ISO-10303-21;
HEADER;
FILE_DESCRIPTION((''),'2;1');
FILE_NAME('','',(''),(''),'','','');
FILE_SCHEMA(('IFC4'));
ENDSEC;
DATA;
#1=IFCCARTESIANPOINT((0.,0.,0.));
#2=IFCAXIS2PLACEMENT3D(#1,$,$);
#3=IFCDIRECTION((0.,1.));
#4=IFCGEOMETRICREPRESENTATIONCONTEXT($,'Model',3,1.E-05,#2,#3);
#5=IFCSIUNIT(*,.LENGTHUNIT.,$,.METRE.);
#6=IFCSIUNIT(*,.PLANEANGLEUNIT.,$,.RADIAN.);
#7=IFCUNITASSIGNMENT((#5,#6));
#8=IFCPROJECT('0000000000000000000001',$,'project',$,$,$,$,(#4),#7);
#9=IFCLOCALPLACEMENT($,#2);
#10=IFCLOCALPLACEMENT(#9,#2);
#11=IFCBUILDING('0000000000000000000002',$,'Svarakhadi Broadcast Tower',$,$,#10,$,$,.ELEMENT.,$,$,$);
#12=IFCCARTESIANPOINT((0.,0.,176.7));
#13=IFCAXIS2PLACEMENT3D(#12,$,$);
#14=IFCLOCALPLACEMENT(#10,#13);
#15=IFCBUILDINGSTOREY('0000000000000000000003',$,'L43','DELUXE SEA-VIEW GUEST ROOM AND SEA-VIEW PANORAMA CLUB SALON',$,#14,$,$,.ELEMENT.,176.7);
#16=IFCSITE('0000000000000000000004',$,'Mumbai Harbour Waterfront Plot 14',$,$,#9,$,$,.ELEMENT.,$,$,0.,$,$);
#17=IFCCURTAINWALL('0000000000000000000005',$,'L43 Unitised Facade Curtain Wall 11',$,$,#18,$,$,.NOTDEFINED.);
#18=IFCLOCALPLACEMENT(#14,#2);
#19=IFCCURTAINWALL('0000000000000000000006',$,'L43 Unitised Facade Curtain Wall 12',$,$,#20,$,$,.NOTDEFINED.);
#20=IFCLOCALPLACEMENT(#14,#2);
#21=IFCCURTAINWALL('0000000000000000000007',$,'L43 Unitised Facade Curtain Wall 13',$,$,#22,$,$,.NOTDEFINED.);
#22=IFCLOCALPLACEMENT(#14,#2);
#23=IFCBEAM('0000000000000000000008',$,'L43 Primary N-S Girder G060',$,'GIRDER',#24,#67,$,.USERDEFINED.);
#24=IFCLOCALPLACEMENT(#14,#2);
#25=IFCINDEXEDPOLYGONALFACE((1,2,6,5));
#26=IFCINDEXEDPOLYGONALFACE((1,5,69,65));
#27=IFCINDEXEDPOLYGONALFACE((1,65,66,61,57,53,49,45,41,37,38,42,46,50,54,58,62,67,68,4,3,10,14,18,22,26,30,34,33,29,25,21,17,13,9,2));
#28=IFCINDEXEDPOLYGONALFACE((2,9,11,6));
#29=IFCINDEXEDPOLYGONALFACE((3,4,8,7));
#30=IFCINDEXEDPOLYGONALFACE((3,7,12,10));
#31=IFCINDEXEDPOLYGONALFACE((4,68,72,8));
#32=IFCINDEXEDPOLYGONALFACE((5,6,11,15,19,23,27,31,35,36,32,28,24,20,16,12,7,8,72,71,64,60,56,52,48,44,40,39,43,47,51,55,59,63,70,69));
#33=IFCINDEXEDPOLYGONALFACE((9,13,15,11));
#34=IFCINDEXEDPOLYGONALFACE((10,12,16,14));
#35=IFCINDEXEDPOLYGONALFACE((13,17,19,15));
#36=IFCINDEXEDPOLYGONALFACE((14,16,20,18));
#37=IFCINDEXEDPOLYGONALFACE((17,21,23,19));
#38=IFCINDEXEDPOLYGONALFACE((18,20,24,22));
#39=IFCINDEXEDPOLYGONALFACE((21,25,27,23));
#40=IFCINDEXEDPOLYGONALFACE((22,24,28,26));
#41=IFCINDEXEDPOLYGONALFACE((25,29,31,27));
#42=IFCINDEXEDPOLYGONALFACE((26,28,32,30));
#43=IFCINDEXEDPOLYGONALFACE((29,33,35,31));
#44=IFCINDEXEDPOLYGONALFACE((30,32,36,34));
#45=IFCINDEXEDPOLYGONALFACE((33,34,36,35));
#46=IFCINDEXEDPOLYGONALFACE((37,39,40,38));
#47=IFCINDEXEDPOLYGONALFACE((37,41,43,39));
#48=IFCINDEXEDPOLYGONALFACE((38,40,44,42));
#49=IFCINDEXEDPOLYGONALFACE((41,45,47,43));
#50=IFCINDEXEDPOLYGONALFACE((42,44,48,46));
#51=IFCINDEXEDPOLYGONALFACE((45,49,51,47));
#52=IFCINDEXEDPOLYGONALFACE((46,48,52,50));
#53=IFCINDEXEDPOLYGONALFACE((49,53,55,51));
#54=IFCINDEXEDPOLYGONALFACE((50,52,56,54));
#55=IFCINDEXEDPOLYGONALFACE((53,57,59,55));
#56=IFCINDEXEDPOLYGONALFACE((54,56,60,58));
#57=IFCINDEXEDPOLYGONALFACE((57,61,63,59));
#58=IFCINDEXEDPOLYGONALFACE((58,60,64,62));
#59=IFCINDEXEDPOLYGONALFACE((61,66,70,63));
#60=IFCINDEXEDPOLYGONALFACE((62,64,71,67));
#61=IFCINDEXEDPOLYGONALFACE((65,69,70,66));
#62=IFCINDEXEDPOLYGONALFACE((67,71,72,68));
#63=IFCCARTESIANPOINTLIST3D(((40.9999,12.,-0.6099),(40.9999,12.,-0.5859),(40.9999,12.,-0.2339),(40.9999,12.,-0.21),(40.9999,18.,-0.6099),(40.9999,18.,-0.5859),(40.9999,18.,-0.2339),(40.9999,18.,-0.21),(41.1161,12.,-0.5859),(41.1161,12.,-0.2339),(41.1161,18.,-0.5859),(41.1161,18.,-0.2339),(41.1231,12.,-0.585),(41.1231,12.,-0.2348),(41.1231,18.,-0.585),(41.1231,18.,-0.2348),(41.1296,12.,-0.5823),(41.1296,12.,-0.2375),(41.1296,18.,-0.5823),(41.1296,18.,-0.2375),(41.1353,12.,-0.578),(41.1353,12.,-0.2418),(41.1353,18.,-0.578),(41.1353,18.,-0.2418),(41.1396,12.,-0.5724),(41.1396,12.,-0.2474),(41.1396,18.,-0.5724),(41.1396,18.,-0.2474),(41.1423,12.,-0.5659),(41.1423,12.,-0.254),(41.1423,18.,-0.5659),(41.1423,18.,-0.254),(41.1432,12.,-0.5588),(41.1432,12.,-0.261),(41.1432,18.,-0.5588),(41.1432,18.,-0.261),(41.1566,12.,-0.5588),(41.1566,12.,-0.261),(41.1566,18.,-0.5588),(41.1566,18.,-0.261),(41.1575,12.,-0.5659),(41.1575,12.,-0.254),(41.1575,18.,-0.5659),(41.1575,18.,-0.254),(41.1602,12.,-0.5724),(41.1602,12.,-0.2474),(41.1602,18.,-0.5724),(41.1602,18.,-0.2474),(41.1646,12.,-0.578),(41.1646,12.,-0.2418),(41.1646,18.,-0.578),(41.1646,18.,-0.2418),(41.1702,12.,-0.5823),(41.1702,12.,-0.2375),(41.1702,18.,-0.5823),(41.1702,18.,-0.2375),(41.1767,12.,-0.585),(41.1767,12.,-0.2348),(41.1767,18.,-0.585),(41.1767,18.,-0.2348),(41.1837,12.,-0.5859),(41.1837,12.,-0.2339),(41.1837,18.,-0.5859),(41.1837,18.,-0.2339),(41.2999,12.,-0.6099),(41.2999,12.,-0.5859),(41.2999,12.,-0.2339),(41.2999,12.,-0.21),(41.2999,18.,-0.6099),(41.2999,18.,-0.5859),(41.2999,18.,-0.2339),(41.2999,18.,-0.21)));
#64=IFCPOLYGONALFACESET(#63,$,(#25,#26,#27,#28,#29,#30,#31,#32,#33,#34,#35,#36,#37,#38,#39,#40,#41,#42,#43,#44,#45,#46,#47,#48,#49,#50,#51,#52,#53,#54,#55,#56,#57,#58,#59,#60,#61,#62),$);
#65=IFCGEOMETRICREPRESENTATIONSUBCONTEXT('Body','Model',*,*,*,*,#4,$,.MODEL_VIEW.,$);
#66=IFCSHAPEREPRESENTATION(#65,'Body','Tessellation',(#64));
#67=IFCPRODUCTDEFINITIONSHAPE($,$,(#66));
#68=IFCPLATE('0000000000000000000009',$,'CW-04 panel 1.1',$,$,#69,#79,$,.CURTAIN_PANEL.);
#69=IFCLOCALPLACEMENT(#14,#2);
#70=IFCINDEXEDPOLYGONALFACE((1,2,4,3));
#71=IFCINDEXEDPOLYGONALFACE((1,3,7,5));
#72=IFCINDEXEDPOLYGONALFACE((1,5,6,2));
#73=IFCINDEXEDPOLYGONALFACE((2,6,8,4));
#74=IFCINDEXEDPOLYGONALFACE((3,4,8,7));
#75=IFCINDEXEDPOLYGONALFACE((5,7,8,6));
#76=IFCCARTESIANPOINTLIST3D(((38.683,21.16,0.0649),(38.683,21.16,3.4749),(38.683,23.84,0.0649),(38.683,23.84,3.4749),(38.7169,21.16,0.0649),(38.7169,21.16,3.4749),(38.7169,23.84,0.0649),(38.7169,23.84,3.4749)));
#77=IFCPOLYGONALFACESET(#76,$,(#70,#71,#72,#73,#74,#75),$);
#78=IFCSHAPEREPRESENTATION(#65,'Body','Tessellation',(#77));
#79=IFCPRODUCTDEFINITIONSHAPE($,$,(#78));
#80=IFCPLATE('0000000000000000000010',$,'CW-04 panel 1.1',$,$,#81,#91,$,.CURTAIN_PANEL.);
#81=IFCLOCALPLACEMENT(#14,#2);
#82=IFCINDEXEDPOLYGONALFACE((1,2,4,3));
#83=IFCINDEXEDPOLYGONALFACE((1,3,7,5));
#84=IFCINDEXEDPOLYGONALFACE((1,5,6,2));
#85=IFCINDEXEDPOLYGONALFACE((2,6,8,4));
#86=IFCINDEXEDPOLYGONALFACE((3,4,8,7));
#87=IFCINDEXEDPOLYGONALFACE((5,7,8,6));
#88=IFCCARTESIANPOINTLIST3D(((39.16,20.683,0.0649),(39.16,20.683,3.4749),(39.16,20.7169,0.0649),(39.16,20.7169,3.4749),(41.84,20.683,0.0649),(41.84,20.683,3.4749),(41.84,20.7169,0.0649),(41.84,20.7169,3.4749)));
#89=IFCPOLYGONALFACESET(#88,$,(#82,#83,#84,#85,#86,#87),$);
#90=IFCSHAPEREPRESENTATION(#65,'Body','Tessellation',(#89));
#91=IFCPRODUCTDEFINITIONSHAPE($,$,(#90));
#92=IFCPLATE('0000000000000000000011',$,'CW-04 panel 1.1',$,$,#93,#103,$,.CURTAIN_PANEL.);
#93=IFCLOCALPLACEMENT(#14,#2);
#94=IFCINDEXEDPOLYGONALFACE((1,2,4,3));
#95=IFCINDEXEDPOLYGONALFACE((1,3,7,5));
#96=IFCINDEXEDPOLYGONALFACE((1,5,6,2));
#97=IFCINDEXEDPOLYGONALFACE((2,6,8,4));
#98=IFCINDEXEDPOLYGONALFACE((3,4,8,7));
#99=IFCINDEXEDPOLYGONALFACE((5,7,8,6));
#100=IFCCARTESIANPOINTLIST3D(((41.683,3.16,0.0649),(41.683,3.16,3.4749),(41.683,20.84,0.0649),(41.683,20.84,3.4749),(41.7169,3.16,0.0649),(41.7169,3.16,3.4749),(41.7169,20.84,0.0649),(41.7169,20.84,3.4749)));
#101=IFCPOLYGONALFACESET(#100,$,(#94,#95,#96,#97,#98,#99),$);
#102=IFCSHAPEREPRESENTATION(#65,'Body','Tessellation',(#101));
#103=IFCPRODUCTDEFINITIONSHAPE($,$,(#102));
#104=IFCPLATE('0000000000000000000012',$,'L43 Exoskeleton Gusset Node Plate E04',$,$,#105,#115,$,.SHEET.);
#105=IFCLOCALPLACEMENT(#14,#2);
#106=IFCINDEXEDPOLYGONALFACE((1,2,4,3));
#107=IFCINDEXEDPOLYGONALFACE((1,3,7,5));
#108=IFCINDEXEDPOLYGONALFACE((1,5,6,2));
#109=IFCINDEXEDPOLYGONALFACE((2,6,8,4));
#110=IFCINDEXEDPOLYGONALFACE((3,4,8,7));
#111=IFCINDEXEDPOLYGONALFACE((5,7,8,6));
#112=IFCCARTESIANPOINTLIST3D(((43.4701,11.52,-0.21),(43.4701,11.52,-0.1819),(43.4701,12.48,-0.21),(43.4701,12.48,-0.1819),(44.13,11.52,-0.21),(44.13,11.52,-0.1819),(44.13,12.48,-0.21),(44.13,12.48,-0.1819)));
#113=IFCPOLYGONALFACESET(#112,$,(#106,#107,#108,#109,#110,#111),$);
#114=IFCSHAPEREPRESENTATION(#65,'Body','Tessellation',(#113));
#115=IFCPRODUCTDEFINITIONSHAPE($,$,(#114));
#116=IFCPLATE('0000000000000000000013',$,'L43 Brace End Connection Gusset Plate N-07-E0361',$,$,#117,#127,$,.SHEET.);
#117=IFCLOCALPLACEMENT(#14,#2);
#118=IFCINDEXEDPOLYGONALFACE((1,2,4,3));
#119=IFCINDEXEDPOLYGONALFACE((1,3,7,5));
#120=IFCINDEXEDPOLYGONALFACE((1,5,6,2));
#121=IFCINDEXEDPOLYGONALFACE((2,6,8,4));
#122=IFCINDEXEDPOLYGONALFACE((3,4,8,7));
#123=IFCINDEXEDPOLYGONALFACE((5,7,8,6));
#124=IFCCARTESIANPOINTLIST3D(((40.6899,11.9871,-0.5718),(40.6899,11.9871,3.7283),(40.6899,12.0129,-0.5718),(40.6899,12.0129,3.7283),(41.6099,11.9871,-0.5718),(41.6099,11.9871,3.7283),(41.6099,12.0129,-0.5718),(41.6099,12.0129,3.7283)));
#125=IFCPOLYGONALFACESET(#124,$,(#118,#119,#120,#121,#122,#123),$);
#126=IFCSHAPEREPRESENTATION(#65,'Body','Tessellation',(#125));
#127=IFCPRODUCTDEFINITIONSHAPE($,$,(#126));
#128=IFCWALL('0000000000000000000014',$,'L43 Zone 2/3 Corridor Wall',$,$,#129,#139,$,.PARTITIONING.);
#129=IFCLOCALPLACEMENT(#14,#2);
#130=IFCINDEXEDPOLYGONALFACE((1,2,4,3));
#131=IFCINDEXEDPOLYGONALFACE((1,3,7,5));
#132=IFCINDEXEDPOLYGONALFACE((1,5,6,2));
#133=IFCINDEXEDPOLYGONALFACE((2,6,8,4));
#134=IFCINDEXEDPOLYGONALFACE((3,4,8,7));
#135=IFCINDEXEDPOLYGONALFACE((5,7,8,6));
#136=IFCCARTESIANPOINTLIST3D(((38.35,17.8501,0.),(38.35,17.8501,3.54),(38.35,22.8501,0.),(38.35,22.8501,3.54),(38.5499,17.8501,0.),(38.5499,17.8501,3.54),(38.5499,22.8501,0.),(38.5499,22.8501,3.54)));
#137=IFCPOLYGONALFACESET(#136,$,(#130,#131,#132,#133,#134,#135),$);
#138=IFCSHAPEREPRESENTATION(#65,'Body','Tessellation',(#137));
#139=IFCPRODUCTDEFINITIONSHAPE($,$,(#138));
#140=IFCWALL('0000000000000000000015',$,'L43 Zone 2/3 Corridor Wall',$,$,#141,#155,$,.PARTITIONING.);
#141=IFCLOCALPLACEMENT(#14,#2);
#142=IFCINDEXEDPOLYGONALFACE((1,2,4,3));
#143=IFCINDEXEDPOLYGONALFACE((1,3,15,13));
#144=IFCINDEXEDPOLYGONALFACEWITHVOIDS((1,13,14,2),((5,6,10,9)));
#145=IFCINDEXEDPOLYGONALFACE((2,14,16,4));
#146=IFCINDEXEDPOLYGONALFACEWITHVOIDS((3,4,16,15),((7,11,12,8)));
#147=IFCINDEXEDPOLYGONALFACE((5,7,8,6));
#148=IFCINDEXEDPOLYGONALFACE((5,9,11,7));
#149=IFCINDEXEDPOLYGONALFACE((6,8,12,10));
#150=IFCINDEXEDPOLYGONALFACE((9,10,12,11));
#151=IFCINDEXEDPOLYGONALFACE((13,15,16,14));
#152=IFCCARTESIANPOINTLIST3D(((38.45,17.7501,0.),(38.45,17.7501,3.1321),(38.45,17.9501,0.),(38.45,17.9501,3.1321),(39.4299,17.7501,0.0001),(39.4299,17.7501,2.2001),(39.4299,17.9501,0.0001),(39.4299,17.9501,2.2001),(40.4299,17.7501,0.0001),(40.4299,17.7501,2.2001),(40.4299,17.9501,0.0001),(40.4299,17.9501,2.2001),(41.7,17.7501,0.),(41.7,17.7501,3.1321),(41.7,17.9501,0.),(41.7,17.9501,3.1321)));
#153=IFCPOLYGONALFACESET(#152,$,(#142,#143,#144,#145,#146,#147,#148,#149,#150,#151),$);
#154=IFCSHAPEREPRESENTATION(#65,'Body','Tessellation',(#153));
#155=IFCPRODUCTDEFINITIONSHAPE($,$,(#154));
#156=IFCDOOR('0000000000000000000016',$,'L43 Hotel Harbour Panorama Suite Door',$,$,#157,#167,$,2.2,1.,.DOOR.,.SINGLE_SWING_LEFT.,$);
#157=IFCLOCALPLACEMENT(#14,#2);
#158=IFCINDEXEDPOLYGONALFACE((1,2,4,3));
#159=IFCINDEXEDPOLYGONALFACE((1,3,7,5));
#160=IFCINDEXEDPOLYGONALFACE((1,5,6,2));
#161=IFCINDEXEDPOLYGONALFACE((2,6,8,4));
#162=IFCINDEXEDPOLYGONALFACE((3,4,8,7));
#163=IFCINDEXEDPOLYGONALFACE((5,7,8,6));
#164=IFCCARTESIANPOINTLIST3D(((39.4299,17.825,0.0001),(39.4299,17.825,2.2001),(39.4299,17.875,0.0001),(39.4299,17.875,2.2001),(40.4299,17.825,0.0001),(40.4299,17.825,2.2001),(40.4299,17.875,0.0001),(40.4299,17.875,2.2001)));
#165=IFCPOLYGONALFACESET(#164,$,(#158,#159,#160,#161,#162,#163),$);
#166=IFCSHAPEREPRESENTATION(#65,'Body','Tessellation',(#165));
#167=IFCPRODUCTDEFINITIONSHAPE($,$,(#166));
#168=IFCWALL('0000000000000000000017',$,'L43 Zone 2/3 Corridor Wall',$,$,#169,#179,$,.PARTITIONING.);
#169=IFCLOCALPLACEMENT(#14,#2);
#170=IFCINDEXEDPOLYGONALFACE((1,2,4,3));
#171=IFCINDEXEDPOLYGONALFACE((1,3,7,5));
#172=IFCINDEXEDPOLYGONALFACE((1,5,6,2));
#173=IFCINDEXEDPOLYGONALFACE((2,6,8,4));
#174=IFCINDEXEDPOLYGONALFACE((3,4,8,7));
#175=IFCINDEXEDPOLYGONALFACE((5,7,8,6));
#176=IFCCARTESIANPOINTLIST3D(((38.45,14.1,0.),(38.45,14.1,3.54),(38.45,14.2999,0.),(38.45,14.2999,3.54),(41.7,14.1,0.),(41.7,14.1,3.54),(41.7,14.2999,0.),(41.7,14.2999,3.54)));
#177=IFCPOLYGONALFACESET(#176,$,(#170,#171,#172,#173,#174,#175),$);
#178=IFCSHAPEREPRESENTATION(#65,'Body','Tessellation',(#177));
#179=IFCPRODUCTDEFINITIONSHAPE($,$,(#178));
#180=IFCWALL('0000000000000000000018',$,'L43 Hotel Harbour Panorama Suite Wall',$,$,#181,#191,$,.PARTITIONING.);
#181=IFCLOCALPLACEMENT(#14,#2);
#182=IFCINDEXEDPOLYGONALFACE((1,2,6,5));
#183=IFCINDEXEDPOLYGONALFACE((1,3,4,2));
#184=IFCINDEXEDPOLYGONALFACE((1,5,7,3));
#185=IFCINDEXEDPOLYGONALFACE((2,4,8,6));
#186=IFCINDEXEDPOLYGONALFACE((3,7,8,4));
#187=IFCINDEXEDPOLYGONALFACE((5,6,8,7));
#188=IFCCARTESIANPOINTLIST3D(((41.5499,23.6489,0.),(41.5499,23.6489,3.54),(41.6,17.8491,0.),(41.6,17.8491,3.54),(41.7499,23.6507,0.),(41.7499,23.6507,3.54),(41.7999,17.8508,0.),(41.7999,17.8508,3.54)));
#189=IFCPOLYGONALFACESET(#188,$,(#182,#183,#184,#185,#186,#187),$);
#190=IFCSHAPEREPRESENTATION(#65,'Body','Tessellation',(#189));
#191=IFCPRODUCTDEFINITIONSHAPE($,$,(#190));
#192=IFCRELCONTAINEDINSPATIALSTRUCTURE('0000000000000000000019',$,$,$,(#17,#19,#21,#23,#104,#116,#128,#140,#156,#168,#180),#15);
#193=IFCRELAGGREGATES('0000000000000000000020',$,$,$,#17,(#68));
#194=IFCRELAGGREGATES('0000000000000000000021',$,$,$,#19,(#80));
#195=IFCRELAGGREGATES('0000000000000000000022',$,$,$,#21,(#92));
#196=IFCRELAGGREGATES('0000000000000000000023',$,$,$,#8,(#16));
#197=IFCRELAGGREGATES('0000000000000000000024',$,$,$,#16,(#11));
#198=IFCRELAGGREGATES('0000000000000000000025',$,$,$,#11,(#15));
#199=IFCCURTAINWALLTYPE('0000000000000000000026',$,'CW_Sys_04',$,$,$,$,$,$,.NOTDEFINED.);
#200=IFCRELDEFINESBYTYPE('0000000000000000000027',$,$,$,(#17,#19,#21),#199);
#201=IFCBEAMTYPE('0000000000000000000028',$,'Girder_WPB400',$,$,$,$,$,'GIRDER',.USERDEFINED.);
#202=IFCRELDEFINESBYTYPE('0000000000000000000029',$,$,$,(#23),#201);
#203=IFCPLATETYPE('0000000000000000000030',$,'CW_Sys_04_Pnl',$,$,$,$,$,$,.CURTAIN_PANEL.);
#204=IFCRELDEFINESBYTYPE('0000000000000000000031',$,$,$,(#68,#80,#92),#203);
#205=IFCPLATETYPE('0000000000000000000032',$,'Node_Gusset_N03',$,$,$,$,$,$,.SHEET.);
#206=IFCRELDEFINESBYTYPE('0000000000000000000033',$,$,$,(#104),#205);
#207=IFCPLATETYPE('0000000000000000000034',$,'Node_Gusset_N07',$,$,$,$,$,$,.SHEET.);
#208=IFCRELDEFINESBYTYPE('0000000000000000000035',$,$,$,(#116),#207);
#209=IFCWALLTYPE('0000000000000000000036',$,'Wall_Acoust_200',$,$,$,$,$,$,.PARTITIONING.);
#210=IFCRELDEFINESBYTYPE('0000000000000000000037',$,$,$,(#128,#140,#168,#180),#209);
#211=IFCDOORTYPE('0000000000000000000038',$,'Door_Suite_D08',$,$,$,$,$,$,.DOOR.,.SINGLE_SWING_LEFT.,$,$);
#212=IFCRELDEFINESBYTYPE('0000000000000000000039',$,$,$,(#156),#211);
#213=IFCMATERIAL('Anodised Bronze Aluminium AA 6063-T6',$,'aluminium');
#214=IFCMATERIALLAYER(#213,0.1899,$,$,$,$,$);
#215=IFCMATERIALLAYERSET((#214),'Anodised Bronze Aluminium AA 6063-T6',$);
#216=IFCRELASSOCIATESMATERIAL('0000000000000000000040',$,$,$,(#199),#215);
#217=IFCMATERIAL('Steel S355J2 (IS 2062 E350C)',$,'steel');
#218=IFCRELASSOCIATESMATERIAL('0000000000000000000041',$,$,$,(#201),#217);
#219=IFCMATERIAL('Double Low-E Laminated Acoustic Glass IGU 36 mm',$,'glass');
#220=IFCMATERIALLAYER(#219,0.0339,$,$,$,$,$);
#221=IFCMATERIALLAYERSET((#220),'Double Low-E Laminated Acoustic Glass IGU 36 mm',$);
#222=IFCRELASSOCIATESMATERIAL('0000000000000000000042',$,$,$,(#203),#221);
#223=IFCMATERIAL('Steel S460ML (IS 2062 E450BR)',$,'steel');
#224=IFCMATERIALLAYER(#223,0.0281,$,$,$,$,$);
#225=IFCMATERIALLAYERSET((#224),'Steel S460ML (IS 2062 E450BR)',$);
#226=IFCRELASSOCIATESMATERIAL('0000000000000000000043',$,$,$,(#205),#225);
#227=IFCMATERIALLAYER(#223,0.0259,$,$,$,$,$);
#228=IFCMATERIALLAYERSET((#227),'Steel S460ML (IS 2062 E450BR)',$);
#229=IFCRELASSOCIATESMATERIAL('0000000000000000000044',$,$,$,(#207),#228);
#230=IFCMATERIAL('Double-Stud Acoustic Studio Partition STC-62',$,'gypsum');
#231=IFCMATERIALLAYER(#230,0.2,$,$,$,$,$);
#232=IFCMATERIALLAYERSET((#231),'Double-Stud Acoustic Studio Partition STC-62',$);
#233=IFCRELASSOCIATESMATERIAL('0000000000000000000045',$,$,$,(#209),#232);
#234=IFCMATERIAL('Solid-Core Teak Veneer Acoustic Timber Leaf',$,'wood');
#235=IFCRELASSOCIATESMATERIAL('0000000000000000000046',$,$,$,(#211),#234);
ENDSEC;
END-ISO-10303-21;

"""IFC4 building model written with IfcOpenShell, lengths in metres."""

from ifc_helpers import new_model, si_unit, direction, frame, frame_2d, origin, origin_2d, place, context, subcontext, project, spatial, rectangle, i_section, extrude, material, layer, layer_set, material_profile, profile_set, type_object, element, fill, aggregate, save


model = new_model("IFC4")

# Units and contexts
model_context = context("Model", 3, precision=1e-05, world=origin(), true_north=direction((0.0, 1.0)))
body_context = subcontext(model_context, "Body", "Model", "MODEL_VIEW")
ifc_project = project(units=[si_unit("LENGTHUNIT", "METRE"), si_unit("PLANEANGLEUNIT", "RADIAN")], contexts=[model_context])

# Site, building, storey
site_placement = place(None, origin())
site = spatial("IfcSite", under=ifc_project, at=site_placement, Name="Mumbai Harbour Waterfront Plot 14", CompositionType="ELEMENT", RefElevation=0.0)
building_placement = place(site_placement, origin())
building = spatial("IfcBuilding", under=site, at=building_placement, Name="Svarakhadi Broadcast Tower", CompositionType="ELEMENT")
storey_placement = place(building_placement, frame((0.0, 0.0, 176.7)))
storey = spatial("IfcBuildingStorey", under=building, at=storey_placement, Name="L43", Description="DELUXE SEA-VIEW GUEST ROOM AND SEA-VIEW PANORAMA CLUB SALON", CompositionType="ELEMENT", Elevation=176.7)

# Shared definitions
ifc_material_1 = material(Name="Steel S460ML (IS 2062 E450BR)", Category="steel")

# Shared definitions
ifc_material_2 = material(Name="Anodised Bronze Aluminium AA 6063-T6", Category="aluminium")
ifc_layer_1 = layer(ifc_material_2, 0.1899)
ifc_layer_set_1 = layer_set([ifc_layer_1], Name="Anodised Bronze Aluminium AA 6063-T6")
curtain_wall_type = type_object("IfcCurtainWallType", Name="CW_Sys_04", PredefinedType="NOTDEFINED", material=ifc_layer_set_1)

# Curtain walls
curtain_wall_1_placement = place(storey_placement, origin())
curtain_wall_1 = element("IfcCurtainWall", 1, at=curtain_wall_1_placement, inside=storey, type_object=curtain_wall_type, Name="L43 Unitised Facade Curtain Wall 11", PredefinedType="NOTDEFINED")
curtain_wall_2_placement = place(storey_placement, origin())
curtain_wall_2 = element("IfcCurtainWall", 2, at=curtain_wall_2_placement, inside=storey, type_object=curtain_wall_type, Name="L43 Unitised Facade Curtain Wall 12", PredefinedType="NOTDEFINED")

# Curtain wall
curtain_wall_3_placement = place(storey_placement, origin())
curtain_wall_3 = element("IfcCurtainWall", 3, at=curtain_wall_3_placement, inside=storey, type_object=curtain_wall_type, Name="L43 Unitised Facade Curtain Wall 13", PredefinedType="NOTDEFINED")

# Beam
ifc_material_3 = material(Name="Steel S355J2 (IS 2062 E350C)", Category="steel")
ifc_material_profile_1 = material_profile(ifc_material_3, i_section(OverallWidth=0.3, OverallDepth=0.3999, WebThickness=0.0134, FlangeThickness=0.0239, FilletRadius=0.0271, at=origin_2d()), Name="WPB 400x300x155")
ifc_profile_set_1 = profile_set([ifc_material_profile_1], Name="Steel S355J2 (IS 2062 E350C)")
beam_type = type_object("IfcBeamType", Name="Girder_WPB400", ElementType="GIRDER", PredefinedType="USERDEFINED", material=ifc_profile_set_1)
beam_placement = place(storey_placement, frame((41.1499, 12.0, -0.4099), z_axis=(0.0, 1.0, 0.0), x_axis=(-1.0, 0.0, 0.0)))
element("IfcBeam", 4, at=beam_placement, inside=storey, type_object=beam_type, Name="L43 Primary N-S Girder G060", ObjectType="GIRDER", PredefinedType="USERDEFINED", context=body_context, shape_type="SweptSolid", body=[
    extrude(i_section(OverallWidth=0.3, OverallDepth=0.3999, WebThickness=0.0134, FlangeThickness=0.0239, FilletRadius=0.0271, at=origin_2d()), origin(), (0.0, 0.0, 1.0), 6.0),
])

# Plates
ifc_material_4 = material(Name="Double Low-E Laminated Acoustic Glass IGU 36 mm", Category="glass")
ifc_layer_2 = layer(ifc_material_4, 0.0339)
ifc_layer_set_2 = layer_set([ifc_layer_2], Name="Double Low-E Laminated Acoustic Glass IGU 36 mm")
plate_type_1 = type_object("IfcPlateType", Name="CW_Sys_04_Pnl", PredefinedType="CURTAIN_PANEL", material=ifc_layer_set_2)
plate_1_placement = place(storey_placement, frame((38.7, 22.5, 0.0649), z_axis=(0.0, 0.0, 1.0), x_axis=(0.0, -1.0, 0.0)))
plate_1 = element("IfcPlate", 5, at=plate_1_placement, type_object=plate_type_1, Name="CW-04 panel 1.1", PredefinedType="CURTAIN_PANEL", context=body_context, shape_type="SweptSolid", body=[
    extrude(rectangle(XDim=2.6799, YDim=0.0339, at=origin_2d()), origin(), (0.0, 0.0, 1.0), 3.4099),
])
aggregate(curtain_wall_1, [plate_1])
plate_2_placement = place(storey_placement, frame((40.5, 20.7, 0.0649), z_axis=(0.0, 0.0, 1.0), x_axis=(1.0, 0.0, 0.0)))
plate_2 = element("IfcPlate", 6, at=plate_2_placement, type_object=plate_type_1, Name="CW-04 panel 1.1", PredefinedType="CURTAIN_PANEL", context=body_context, shape_type="SweptSolid", body=[
    extrude(rectangle(XDim=2.6799, YDim=0.0339, at=origin_2d()), origin(), (0.0, 0.0, 1.0), 3.4099),
])
aggregate(curtain_wall_2, [plate_2])
plate_3_placement = place(storey_placement, frame((41.7, 12.0, 0.0649), z_axis=(0.0, 0.0, 1.0), x_axis=(0.0, -1.0, 0.0)))
plate_3 = element("IfcPlate", 7, at=plate_3_placement, type_object=plate_type_1, Name="CW-04 panel 1.1", PredefinedType="CURTAIN_PANEL", context=body_context, shape_type="SweptSolid", body=[
    extrude(rectangle(XDim=17.6799, YDim=0.0339, at=origin_2d()), origin(), (0.0, 0.0, 1.0), 3.4099),
])
aggregate(curtain_wall_3, [plate_3])

# Plates
ifc_layer_3 = layer(ifc_material_1, 0.0281)
ifc_layer_set_3 = layer_set([ifc_layer_3], Name="Steel S460ML (IS 2062 E450BR)")
plate_type_2 = type_object("IfcPlateType", Name="Node_Gusset_N03", PredefinedType="SHEET", material=ifc_layer_set_3)
plate_4_placement = place(storey_placement, frame((43.8, 12.0, -0.21), z_axis=(0.0, 0.0, 1.0), x_axis=(0.0, 1.0, 0.0)))
element("IfcPlate", 8, at=plate_4_placement, inside=storey, type_object=plate_type_2, Name="L43 Exoskeleton Gusset Node Plate E04", PredefinedType="SHEET", context=body_context, shape_type="SweptSolid", body=[
    extrude(rectangle(XDim=0.96, YDim=0.6599, at=origin_2d()), origin(), (0.0, 0.0, 1.0), 0.0281),
])
ifc_layer_4 = layer(ifc_material_1, 0.0259)
ifc_layer_set_4 = layer_set([ifc_layer_4], Name="Steel S460ML (IS 2062 E450BR)")
plate_type_3 = type_object("IfcPlateType", Name="Node_Gusset_N07", PredefinedType="SHEET", material=ifc_layer_set_4)
plate_5_placement = place(storey_placement, frame((41.1499, 12.0, -0.5718), z_axis=(0.0, 0.0, 1.0), x_axis=(1.0, 0.0, 0.0)))
element("IfcPlate", 9, at=plate_5_placement, inside=storey, type_object=plate_type_3, Name="L43 Brace End Connection Gusset Plate N-07-E0361", PredefinedType="SHEET", context=body_context, shape_type="SweptSolid", body=[
    extrude(rectangle(XDim=0.9199, YDim=0.0259, at=origin_2d()), origin(), (0.0, 0.0, 1.0), 4.3),
])

# Wall
ifc_material_5 = material(Name="Double-Stud Acoustic Studio Partition STC-62", Category="gypsum")
ifc_layer_5 = layer(ifc_material_5, 0.2)
ifc_layer_set_5 = layer_set([ifc_layer_5], Name="Double-Stud Acoustic Studio Partition STC-62")
wall_type = type_object("IfcWallType", Name="Wall_Acoust_200", PredefinedType="PARTITIONING", material=ifc_layer_set_5)
wall_1_placement = place(storey_placement, frame((38.45, 22.8501, 0.0), z_axis=(0.0, 0.0, 1.0), x_axis=(0.0, -1.0, 0.0)))
element("IfcWall", 10, at=wall_1_placement, inside=storey, type_object=wall_type, Name="L43 Zone 2/3 Corridor Wall", PredefinedType="PARTITIONING", context=body_context, shape_type="SweptSolid", body=[
    extrude(rectangle(XDim=5.0, YDim=0.2, at=frame_2d((2.5, 0.0))), origin(), (0.0, 0.0, 1.0), 3.54),
])

# Wall, opening, door
wall_2_placement = place(storey_placement, frame((38.45, 17.8501, 0.0), z_axis=(0.0, 0.0, 1.0), x_axis=(1.0, 0.0, 0.0)))
wall_2 = element("IfcWall", 11, at=wall_2_placement, inside=storey, type_object=wall_type, Name="L43 Zone 2/3 Corridor Wall", PredefinedType="PARTITIONING", context=body_context, shape_type="SweptSolid", body=[
    extrude(rectangle(XDim=3.25, YDim=0.2, at=frame_2d((1.625, 0.0))), origin(), (0.0, 0.0, 1.0), 3.1321),
])
opening_placement = place(wall_2_placement, frame((0.98, 0.0, 0.0)))
opening = element("IfcOpeningElement", 12, at=opening_placement, cuts=wall_2, PredefinedType="OPENING", context=body_context, shape_type="SweptSolid", body=[
    extrude(rectangle(XDim=1.0, YDim=2.2, at=frame_2d((0.5, 1.1001))), frame((0.0, 0.1099, 0.0), z_axis=(0.0, -1.0, 0.0), x_axis=(1.0, 0.0, 0.0)), (0.0, 0.0, 1.0), 0.22),
])
ifc_material_6 = material(Name="Solid-Core Teak Veneer Acoustic Timber Leaf", Category="wood")
door_type = type_object("IfcDoorType", Name="Door_Suite_D08", OperationType="SINGLE_SWING_LEFT", PredefinedType="DOOR", material=ifc_material_6)
door_placement = place(opening_placement, origin())
door = element("IfcDoor", 13, at=door_placement, inside=storey, type_object=door_type, Name="L43 Hotel Harbour Panorama Suite Door", OperationType="SINGLE_SWING_LEFT", OverallHeight=2.2, OverallWidth=1.0, PredefinedType="DOOR", context=body_context, shape_type="SweptSolid", body=[
    extrude(rectangle(XDim=1.0, YDim=2.2, at=frame_2d((0.5, 1.1001))), frame((0.0, 0.0249, 0.0), z_axis=(0.0, -1.0, 0.0), x_axis=(1.0, 0.0, 0.0)), (0.0, 0.0, 1.0), 0.05),
])
fill(opening, door)

# Walls
wall_3_placement = place(storey_placement, frame((41.7, 14.2, 0.0), z_axis=(0.0, 0.0, 1.0), x_axis=(-1.0, 0.0, 0.0)))
element("IfcWall", 14, at=wall_3_placement, inside=storey, type_object=wall_type, Name="L43 Zone 2/3 Corridor Wall", PredefinedType="PARTITIONING", context=body_context, shape_type="SweptSolid", body=[
    extrude(rectangle(XDim=3.25, YDim=0.2, at=frame_2d((1.625, 0.0))), origin(), (0.0, 0.0, 1.0), 3.54),
])
wall_4_placement = place(storey_placement, frame((41.7, 17.8501, 0.0), z_axis=(0.0, 0.0, 1.0), x_axis=(-0.008629, 0.999963, 0.0)))
element("IfcWall", 15, at=wall_4_placement, inside=storey, type_object=wall_type, Name="L43 Hotel Harbour Panorama Suite Wall", PredefinedType="PARTITIONING", context=body_context, shape_type="SweptSolid", body=[
    extrude(rectangle(XDim=5.8, YDim=0.2, at=frame_2d((2.8999, 0.0))), origin(), (0.0, 0.0, 1.0), 3.54),
])

save(model, "model.ifc")
